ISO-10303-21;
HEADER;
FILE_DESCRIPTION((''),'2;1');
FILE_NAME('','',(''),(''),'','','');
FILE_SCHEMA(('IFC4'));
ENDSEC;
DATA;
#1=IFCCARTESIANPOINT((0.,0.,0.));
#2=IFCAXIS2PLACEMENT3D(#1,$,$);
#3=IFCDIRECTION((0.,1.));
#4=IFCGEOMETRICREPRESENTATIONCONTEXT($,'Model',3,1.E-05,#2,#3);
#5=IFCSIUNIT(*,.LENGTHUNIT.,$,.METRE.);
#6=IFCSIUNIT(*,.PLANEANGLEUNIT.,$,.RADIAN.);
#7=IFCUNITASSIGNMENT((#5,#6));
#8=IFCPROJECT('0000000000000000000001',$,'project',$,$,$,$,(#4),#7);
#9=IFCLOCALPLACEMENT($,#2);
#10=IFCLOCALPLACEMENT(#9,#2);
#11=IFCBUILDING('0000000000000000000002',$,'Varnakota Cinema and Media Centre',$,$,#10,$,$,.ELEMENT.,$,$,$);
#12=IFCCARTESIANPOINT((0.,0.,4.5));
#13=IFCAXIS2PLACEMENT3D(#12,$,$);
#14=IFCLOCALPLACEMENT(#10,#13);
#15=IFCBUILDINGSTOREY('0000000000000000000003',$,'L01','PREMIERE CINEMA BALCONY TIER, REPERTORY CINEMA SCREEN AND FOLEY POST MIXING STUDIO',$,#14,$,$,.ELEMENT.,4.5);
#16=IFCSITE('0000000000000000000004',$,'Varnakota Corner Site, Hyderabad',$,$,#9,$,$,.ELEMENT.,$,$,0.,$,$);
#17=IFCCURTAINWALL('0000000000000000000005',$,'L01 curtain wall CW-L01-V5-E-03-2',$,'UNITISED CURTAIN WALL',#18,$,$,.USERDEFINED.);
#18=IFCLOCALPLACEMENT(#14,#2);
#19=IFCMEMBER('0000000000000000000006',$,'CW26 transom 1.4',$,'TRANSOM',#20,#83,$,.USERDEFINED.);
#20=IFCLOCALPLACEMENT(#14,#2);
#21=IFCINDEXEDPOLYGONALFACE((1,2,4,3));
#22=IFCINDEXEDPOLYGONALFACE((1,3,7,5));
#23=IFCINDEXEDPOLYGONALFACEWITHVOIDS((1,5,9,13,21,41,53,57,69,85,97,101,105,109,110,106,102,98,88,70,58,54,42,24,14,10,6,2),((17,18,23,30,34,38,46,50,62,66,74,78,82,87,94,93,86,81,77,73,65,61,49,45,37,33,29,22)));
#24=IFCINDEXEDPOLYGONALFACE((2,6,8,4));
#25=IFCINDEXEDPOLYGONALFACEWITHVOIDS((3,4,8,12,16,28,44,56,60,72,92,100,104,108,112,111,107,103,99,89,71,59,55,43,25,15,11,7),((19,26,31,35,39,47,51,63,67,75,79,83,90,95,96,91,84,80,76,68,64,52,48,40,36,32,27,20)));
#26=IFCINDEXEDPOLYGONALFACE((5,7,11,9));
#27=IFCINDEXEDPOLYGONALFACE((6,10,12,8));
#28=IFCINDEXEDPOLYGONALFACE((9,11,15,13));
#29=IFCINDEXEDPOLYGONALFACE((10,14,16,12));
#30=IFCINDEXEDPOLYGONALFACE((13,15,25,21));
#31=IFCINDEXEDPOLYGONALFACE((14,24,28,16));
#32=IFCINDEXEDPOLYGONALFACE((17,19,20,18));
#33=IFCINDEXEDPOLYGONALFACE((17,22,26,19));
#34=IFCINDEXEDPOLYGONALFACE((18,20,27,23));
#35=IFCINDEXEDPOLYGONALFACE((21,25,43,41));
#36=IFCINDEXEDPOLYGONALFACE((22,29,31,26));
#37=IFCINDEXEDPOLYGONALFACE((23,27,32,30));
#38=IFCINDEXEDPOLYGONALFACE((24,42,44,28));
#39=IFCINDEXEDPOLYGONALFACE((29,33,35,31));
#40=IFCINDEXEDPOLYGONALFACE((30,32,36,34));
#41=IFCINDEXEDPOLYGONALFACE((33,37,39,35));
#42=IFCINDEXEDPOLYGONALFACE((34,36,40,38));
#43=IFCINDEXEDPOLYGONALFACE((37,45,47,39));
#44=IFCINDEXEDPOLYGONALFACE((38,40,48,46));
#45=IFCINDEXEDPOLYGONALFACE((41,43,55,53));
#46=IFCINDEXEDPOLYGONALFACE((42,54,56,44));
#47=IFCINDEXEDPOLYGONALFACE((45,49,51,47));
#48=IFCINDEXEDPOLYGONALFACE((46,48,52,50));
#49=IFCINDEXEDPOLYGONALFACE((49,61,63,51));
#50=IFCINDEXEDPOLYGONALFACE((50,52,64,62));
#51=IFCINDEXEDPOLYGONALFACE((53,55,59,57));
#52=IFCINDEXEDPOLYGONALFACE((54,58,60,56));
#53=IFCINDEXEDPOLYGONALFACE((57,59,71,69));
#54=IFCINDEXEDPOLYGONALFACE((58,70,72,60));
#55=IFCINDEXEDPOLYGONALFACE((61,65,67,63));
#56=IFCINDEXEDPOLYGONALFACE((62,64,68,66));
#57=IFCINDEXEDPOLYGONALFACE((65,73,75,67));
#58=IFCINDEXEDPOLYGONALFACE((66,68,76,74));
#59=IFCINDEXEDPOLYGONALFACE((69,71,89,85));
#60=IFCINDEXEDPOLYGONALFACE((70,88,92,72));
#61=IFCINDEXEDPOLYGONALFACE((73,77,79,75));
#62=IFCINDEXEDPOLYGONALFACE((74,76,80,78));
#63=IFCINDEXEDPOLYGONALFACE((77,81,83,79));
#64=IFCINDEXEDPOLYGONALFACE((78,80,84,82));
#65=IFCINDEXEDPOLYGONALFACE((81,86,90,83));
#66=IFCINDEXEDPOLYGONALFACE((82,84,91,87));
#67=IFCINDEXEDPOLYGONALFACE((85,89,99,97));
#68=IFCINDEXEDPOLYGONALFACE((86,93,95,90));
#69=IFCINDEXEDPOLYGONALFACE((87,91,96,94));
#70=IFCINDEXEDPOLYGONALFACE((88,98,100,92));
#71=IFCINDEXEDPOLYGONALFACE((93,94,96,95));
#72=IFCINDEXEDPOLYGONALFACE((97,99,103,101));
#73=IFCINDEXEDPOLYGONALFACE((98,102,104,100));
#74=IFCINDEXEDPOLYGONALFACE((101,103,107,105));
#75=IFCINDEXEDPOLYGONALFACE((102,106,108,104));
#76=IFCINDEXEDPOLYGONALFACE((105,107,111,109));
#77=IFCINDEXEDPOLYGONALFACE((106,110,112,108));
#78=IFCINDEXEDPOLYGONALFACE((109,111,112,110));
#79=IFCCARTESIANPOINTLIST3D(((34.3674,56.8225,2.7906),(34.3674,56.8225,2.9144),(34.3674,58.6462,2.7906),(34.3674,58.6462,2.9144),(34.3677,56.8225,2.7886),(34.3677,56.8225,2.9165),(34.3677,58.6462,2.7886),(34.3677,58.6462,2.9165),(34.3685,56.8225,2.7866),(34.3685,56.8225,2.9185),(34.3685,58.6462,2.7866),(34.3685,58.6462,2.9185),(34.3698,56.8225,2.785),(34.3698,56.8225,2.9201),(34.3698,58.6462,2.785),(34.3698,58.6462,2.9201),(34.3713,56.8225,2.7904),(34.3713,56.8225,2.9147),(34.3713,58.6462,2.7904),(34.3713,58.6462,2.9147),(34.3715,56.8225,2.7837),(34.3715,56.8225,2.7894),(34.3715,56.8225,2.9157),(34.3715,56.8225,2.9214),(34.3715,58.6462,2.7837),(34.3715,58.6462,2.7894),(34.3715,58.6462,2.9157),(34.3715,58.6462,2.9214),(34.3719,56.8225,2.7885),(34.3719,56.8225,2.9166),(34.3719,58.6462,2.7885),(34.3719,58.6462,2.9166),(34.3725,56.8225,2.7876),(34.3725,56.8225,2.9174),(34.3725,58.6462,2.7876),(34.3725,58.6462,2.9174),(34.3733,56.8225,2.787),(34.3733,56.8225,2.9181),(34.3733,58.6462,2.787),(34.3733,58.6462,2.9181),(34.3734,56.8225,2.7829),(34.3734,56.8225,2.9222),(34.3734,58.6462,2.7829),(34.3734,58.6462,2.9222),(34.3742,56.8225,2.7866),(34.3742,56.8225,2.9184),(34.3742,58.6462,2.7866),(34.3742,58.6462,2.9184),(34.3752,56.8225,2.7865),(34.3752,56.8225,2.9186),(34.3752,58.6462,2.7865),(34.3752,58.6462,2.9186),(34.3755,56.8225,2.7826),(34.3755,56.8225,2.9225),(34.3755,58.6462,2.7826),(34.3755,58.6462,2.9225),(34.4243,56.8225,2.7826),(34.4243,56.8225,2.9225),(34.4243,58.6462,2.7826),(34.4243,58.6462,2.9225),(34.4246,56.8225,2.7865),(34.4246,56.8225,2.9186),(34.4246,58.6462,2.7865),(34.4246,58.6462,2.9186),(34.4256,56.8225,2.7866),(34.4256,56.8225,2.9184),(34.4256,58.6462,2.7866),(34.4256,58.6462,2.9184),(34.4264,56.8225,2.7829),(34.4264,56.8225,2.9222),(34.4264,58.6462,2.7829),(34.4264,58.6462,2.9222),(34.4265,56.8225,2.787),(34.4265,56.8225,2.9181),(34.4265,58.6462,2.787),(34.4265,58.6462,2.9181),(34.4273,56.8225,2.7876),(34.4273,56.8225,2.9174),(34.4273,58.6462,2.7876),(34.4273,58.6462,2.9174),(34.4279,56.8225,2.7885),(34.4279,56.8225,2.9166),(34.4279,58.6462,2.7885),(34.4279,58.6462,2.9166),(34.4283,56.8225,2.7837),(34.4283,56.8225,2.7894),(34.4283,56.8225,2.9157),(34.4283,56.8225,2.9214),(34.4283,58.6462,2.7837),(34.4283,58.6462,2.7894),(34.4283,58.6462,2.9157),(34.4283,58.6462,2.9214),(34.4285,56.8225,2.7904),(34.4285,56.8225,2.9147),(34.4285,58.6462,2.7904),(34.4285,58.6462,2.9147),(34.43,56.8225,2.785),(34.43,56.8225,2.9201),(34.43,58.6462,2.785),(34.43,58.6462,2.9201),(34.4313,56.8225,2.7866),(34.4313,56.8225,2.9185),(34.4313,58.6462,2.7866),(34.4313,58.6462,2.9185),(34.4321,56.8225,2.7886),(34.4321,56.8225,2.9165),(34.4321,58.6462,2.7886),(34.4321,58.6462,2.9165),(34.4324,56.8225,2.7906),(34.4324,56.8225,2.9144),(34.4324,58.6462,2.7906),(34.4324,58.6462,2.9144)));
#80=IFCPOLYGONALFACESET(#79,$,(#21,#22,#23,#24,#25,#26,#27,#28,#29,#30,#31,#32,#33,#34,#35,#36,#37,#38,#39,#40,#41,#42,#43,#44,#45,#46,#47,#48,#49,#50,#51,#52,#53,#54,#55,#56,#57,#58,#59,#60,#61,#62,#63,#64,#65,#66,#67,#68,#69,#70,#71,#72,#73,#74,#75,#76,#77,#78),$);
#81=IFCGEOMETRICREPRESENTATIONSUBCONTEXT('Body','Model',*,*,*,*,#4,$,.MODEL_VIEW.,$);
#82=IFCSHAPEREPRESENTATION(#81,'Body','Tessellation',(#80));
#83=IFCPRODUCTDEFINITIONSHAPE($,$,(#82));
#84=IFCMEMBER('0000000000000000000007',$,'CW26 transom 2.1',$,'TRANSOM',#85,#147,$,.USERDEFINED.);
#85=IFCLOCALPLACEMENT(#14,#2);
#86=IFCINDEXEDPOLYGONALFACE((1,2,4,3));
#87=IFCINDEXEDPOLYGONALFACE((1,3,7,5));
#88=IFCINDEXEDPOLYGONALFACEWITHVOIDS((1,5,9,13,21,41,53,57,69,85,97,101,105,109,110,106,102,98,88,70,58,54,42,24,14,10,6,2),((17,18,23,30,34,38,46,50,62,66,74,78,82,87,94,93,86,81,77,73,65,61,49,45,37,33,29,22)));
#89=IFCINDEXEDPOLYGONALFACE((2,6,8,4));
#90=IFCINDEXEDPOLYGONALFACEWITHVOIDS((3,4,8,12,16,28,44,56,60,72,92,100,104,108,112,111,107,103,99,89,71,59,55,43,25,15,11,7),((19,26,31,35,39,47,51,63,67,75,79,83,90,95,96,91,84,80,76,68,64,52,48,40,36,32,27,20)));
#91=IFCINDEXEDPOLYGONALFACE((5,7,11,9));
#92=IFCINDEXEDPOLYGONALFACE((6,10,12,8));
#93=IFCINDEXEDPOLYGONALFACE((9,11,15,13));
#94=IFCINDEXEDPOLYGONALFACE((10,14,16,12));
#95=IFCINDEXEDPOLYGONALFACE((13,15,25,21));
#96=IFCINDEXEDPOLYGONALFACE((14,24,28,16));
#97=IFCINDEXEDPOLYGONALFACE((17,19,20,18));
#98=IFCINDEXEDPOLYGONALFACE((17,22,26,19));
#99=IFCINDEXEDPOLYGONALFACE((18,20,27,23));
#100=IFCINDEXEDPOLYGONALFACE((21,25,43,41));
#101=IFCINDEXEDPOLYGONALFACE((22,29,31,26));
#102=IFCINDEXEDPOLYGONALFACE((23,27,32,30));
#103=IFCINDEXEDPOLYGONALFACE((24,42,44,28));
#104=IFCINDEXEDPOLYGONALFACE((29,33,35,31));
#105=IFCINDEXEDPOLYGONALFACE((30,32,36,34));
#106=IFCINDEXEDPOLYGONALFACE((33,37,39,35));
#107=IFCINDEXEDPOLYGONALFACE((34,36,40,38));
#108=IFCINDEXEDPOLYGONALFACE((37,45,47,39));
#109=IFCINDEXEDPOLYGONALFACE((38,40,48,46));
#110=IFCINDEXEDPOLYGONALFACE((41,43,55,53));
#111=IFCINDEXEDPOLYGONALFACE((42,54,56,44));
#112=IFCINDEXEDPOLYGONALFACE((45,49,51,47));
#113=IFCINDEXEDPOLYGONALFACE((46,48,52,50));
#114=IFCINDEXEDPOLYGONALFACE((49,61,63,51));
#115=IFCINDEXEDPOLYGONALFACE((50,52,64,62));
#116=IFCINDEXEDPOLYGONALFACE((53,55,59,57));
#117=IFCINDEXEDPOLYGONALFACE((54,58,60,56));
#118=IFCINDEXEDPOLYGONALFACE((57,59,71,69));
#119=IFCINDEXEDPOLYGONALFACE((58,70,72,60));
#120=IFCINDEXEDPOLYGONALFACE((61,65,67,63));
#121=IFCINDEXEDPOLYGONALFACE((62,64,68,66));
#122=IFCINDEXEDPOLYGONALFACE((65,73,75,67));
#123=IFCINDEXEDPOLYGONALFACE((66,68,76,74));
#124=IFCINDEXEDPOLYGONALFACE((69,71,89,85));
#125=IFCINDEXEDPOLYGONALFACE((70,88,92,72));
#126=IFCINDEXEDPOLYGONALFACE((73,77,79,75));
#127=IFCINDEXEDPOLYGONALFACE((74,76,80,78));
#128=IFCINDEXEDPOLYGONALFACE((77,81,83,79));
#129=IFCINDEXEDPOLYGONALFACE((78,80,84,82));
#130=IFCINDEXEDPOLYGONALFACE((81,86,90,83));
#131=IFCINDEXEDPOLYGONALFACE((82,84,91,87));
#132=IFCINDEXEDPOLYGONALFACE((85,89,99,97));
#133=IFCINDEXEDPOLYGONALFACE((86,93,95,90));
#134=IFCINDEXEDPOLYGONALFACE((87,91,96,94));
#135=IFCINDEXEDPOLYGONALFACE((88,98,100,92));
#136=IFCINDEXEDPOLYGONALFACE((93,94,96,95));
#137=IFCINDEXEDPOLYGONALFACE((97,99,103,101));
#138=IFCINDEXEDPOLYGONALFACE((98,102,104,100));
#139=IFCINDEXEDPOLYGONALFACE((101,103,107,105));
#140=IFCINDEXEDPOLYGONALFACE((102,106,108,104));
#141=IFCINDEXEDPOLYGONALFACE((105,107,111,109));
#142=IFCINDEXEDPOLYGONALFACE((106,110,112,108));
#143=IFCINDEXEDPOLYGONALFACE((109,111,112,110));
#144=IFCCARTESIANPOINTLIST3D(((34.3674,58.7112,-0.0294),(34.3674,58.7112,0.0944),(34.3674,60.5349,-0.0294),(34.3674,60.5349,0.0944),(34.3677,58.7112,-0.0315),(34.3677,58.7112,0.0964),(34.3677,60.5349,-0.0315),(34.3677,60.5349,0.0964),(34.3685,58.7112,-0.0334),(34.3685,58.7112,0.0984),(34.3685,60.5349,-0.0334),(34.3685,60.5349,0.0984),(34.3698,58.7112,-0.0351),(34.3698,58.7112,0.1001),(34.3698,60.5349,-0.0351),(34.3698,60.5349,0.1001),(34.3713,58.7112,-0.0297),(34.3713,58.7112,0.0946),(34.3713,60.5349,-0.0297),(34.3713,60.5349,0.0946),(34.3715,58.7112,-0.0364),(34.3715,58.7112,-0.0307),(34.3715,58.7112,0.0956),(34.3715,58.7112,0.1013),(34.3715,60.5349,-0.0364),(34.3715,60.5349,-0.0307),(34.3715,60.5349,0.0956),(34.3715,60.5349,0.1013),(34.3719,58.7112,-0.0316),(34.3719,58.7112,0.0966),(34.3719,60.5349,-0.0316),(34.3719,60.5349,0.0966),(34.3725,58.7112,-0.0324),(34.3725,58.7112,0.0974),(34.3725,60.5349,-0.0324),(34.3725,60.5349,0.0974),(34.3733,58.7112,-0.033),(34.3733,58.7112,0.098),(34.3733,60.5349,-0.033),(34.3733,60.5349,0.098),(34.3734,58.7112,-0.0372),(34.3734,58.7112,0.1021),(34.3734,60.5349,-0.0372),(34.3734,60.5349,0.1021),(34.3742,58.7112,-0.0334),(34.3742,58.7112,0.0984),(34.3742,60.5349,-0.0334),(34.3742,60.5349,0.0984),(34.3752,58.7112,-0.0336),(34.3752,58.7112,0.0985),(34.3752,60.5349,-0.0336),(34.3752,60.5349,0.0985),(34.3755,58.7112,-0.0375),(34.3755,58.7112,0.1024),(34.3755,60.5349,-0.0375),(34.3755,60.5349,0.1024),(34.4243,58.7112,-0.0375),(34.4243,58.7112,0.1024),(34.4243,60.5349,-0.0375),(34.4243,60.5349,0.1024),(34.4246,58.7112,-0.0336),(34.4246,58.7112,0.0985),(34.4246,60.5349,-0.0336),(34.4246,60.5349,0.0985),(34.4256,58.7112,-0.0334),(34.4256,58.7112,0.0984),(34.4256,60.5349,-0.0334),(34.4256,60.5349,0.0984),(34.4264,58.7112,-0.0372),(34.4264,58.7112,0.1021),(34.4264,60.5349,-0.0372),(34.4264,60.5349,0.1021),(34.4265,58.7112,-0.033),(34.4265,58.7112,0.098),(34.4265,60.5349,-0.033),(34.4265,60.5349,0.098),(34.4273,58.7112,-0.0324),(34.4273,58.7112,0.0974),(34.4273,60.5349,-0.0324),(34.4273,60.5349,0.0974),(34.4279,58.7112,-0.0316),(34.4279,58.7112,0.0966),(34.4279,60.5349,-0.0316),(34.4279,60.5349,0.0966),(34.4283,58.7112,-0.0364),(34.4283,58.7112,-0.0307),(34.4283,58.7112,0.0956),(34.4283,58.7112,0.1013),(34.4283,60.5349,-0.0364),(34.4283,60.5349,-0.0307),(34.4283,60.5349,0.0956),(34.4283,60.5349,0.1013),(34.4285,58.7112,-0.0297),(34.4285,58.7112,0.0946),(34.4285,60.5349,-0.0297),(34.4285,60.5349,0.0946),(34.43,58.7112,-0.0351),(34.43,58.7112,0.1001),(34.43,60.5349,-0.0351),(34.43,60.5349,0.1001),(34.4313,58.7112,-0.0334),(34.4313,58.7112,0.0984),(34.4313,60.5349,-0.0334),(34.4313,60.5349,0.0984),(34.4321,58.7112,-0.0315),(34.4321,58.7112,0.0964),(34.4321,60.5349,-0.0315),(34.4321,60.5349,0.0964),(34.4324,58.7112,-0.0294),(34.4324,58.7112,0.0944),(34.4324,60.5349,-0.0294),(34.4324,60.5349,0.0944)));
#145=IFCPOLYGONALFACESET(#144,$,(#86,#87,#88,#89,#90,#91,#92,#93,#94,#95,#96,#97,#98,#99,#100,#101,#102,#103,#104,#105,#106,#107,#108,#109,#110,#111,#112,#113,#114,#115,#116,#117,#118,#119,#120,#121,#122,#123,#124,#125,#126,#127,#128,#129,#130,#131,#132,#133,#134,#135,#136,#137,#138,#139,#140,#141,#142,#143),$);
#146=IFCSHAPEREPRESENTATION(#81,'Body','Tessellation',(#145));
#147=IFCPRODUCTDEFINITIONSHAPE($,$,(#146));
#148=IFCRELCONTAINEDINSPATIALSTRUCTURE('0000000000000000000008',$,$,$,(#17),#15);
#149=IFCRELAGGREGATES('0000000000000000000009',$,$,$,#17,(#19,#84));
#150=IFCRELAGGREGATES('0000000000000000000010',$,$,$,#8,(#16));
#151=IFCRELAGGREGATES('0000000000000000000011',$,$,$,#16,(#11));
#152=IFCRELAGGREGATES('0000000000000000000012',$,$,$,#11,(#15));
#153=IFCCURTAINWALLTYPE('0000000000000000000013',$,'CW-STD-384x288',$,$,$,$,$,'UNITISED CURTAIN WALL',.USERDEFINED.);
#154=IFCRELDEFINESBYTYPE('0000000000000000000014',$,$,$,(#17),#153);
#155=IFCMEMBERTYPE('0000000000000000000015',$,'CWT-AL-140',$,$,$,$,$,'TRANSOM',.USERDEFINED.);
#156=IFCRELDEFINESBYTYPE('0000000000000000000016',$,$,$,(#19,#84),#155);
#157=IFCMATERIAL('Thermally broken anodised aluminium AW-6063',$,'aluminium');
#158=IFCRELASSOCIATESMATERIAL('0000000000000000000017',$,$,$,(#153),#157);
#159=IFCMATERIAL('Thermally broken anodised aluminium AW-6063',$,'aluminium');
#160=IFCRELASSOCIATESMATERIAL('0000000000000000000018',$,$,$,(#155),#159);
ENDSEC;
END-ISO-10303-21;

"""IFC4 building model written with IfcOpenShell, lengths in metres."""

from ifc_helpers import new_model, si_unit, direction, frame, origin, origin_2d, place, context, subcontext, project, spatial, hollow_rectangle, extrude, material, material_profile, profile_set, type_object, element, aggregate, save


model = new_model("IFC4")

# Units and contexts
model_context = context("Model", 3, precision=1e-05, world=origin(), true_north=direction((0.0, 1.0)))
body_context = subcontext(model_context, "Body", "Model", "MODEL_VIEW")
ifc_project = project(units=[si_unit("LENGTHUNIT", "METRE"), si_unit("PLANEANGLEUNIT", "RADIAN")], contexts=[model_context])

# Site, building, storey
site_placement = place(None, origin())
site = spatial("IfcSite", under=ifc_project, at=site_placement, Name="Varnakota Corner Site, Hyderabad", CompositionType="ELEMENT", RefElevation=0.0)
building_placement = place(site_placement, origin())
building = spatial("IfcBuilding", under=site, at=building_placement, Name="Varnakota Cinema and Media Centre", CompositionType="ELEMENT")
storey_placement = place(building_placement, frame((0.0, 0.0, 4.5)))
storey = spatial("IfcBuildingStorey", under=building, at=storey_placement, Name="L01", Description="PREMIERE CINEMA BALCONY TIER, REPERTORY CINEMA SCREEN AND FOLEY POST MIXING STUDIO", CompositionType="ELEMENT", Elevation=4.5)

# Shared definitions
ifc_material_1 = material(Name="Thermally broken anodised aluminium AW-6063", Category="aluminium")
curtain_wall_type = type_object("IfcCurtainWallType", Name="CW-STD-384x288", ElementType="UNITISED CURTAIN WALL", PredefinedType="USERDEFINED", material=ifc_material_1)

# Curtain wall, members
curtain_wall_1_placement = place(storey_placement, origin())
curtain_wall_1 = element("IfcCurtainWall", 1, at=curtain_wall_1_placement, inside=storey, type_object=curtain_wall_type, Name="L01 curtain wall CW-L01-V5-E-03-2", ObjectType="UNITISED CURTAIN WALL", PredefinedType="USERDEFINED")
ifc_material_2 = material(Name="Thermally broken anodised aluminium AW-6063", Category="aluminium")
ifc_material_profile_1 = material_profile(ifc_material_2, hollow_rectangle(XDim=0.0649, YDim=0.1399, WallThickness=0.0039, InnerFilletRadius=0.0039, OuterFilletRadius=0.0081, at=origin_2d()), Name="AL-TRANSOM 140x65x4")
ifc_profile_set_1 = profile_set([ifc_material_profile_1], Name="Thermally broken anodised aluminium AW-6063")
member_type_1 = type_object("IfcMemberType", Name="CWT-AL-140", ElementType="TRANSOM", PredefinedType="USERDEFINED", material=ifc_profile_set_1)
member_1_placement = place(storey_placement, frame((34.3999, 56.8225, 2.8525), z_axis=(0.0, 1.0, 0.0), x_axis=(-1.0, 0.0, 0.0)))
member_1 = element("IfcMember", 2, at=member_1_placement, type_object=member_type_1, Name="CW26 transom 1.4", ObjectType="TRANSOM", PredefinedType="USERDEFINED", context=body_context, shape_type="SweptSolid", body=[
    extrude(hollow_rectangle(XDim=0.0649, YDim=0.1399, WallThickness=0.0039, InnerFilletRadius=0.0039, OuterFilletRadius=0.0081, at=origin_2d()), origin(), (0.0, 0.0, 1.0), 1.8237),
])
member_2_placement = place(storey_placement, frame((34.3999, 58.7112, 0.0325), z_axis=(0.0, 1.0, 0.0), x_axis=(-1.0, 0.0, 0.0)))
member_2 = element("IfcMember", 3, at=member_2_placement, type_object=member_type_1, Name="CW26 transom 2.1", ObjectType="TRANSOM", PredefinedType="USERDEFINED", context=body_context, shape_type="SweptSolid", body=[
    extrude(hollow_rectangle(XDim=0.0649, YDim=0.1399, WallThickness=0.0039, InnerFilletRadius=0.0039, OuterFilletRadius=0.0081, at=origin_2d()), origin(), (0.0, 0.0, 1.0), 1.8237),
])

aggregate(curtain_wall_1, [member_1, member_2])

save(model, "model.ifc")
